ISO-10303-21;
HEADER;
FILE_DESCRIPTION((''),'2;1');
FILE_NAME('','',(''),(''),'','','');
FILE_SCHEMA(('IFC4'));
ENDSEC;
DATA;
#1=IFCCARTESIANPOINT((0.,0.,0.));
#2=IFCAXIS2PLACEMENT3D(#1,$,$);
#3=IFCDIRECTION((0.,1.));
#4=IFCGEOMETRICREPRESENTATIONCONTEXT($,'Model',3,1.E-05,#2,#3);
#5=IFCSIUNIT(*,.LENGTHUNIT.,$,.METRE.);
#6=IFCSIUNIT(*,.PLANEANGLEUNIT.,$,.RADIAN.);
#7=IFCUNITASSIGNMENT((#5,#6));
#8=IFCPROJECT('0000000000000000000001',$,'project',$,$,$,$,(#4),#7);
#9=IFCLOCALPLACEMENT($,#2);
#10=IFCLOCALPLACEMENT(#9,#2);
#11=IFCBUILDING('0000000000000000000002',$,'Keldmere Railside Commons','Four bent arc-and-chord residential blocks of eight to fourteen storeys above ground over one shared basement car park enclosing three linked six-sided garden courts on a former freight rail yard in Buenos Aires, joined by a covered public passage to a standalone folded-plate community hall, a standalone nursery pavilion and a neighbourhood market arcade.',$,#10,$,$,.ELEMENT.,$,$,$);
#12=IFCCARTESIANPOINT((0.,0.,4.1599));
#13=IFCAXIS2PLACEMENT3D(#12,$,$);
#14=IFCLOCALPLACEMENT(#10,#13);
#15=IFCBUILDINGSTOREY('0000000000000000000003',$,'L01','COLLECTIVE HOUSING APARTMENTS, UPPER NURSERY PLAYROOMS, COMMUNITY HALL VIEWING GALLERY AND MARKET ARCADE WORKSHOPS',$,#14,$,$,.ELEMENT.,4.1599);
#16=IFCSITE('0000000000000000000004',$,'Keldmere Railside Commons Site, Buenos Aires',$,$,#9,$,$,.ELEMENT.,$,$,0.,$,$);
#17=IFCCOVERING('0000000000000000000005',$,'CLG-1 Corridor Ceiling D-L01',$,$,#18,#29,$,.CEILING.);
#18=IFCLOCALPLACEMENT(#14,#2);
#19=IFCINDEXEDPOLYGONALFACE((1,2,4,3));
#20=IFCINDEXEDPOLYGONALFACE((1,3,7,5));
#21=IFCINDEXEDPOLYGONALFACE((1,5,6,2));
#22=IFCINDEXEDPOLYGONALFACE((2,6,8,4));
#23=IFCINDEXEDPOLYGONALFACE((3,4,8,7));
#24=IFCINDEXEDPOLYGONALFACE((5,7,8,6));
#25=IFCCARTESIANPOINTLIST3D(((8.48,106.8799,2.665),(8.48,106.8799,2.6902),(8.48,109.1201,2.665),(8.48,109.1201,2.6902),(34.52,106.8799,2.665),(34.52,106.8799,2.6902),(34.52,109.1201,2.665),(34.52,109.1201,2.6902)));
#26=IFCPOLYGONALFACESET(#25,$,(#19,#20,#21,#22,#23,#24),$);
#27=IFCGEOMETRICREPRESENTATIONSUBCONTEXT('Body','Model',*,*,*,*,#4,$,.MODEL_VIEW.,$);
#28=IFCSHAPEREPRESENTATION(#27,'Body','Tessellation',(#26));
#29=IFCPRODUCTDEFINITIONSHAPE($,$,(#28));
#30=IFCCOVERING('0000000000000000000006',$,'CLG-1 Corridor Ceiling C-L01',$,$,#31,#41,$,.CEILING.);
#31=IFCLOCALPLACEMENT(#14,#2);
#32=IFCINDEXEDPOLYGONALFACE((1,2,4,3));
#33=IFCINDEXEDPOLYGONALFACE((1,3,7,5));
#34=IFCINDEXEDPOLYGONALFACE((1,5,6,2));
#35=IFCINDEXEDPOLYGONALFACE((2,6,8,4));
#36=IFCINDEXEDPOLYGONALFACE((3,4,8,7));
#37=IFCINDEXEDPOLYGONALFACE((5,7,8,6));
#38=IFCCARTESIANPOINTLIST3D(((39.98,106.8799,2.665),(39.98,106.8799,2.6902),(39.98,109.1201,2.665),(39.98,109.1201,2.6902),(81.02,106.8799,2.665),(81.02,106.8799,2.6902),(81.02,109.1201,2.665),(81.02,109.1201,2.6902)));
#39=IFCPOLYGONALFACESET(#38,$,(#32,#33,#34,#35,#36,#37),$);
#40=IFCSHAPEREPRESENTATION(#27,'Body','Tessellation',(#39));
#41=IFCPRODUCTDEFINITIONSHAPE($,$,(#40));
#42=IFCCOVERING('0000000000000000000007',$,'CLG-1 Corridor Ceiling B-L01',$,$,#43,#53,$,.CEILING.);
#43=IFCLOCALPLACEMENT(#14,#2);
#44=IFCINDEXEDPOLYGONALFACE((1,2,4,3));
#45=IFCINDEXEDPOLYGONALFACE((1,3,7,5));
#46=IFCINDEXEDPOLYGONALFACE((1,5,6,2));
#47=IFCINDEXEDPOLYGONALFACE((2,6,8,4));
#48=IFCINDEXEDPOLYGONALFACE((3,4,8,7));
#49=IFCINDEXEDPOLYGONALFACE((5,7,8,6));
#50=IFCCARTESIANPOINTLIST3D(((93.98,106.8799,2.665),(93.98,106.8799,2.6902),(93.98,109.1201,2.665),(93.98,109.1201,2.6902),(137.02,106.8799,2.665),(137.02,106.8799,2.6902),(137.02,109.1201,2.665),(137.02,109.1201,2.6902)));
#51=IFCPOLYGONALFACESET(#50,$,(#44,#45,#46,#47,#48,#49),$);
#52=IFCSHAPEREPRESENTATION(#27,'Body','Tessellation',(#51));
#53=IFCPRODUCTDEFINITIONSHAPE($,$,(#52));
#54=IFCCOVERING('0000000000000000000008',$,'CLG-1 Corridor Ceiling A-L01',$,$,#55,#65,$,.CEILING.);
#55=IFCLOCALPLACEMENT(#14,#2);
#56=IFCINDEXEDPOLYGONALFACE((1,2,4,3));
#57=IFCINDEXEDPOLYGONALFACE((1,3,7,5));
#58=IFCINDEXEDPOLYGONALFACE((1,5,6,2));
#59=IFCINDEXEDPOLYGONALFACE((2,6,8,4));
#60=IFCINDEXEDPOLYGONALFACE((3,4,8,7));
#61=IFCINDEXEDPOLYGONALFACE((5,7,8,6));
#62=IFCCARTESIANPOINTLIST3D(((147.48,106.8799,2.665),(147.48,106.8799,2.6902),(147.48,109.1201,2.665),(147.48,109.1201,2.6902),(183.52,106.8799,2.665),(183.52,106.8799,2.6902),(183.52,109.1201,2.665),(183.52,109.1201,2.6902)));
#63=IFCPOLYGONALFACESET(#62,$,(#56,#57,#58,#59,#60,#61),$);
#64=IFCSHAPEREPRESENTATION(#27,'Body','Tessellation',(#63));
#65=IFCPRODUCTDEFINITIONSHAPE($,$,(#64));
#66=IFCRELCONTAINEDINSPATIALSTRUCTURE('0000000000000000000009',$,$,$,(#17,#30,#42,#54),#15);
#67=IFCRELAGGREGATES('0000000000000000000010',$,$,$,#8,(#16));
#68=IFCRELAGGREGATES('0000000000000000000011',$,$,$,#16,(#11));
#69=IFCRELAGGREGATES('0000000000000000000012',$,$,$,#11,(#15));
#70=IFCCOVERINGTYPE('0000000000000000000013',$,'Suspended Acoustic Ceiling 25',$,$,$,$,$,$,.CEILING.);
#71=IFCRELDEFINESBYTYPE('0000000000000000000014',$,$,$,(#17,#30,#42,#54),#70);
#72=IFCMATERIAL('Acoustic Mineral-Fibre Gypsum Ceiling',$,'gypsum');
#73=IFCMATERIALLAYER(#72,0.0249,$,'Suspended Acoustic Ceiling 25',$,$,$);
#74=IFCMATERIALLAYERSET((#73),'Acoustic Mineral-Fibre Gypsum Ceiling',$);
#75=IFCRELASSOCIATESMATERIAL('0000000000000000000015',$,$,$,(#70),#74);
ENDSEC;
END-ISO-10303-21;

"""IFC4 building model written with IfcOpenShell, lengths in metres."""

from ifc_helpers import new_model, si_unit, direction, frame, origin, place, context, subcontext, project, spatial, polyline, outline, extrude, material, layer, layer_set, type_object, element, save


model = new_model("IFC4")

# Units and contexts
model_context = context("Model", 3, precision=1e-05, world=origin(), true_north=direction((0.0, 1.0)))
body_context = subcontext(model_context, "Body", "Model", "MODEL_VIEW")
ifc_project = project(units=[si_unit("LENGTHUNIT", "METRE"), si_unit("PLANEANGLEUNIT", "RADIAN")], contexts=[model_context])

# Site, building, storey
site_placement = place(None, origin())
site = spatial("IfcSite", under=ifc_project, at=site_placement, Name="Keldmere Railside Commons Site, Buenos Aires", CompositionType="ELEMENT", RefElevation=0.0)
building_placement = place(site_placement, origin())
building = spatial("IfcBuilding", under=site, at=building_placement, Name="Keldmere Railside Commons", Description="Four bent arc-and-chord residential blocks of eight to fourteen storeys above ground over one shared basement car park enclosing three linked six-sided garden courts on a former freight rail yard in Buenos Aires, joined by a covered public passage to a standalone folded-plate community hall, a standalone nursery pavilion and a neighbourhood market arcade.", CompositionType="ELEMENT")
storey_placement = place(building_placement, frame((0.0, 0.0, 4.1599)))
storey = spatial("IfcBuildingStorey", under=building, at=storey_placement, Name="L01", Description="COLLECTIVE HOUSING APARTMENTS, UPPER NURSERY PLAYROOMS, COMMUNITY HALL VIEWING GALLERY AND MARKET ARCADE WORKSHOPS", CompositionType="ELEMENT", Elevation=4.1599)

# Coverings
ifc_material_1 = material(Name="Acoustic Mineral-Fibre Gypsum Ceiling", Category="gypsum")
ifc_layer_1 = layer(ifc_material_1, 0.0249, Name="Suspended Acoustic Ceiling 25")
ifc_layer_set_1 = layer_set([ifc_layer_1], Name="Acoustic Mineral-Fibre Gypsum Ceiling")
covering_type_1 = type_object("IfcCoveringType", Name="Suspended Acoustic Ceiling 25", PredefinedType="CEILING", material=ifc_layer_set_1)
covering_1_placement = place(storey_placement, frame((0.0, 0.0, 2.665)))
element("IfcCovering", 1, at=covering_1_placement, inside=storey, type_object=covering_type_1, Name="CLG-1 Corridor Ceiling D-L01", PredefinedType="CEILING", context=body_context, shape_type="SweptSolid", body=[
    extrude(outline(polyline([(8.48, 106.8799), (34.52, 106.8799), (34.52, 109.1201), (8.48, 109.1201), (8.48, 106.8799)])), origin(), (0.0, 0.0, 1.0), 0.0251),
])
covering_2_placement = place(storey_placement, frame((0.0, 0.0, 2.665)))
element("IfcCovering", 2, at=covering_2_placement, inside=storey, type_object=covering_type_1, Name="CLG-1 Corridor Ceiling C-L01", PredefinedType="CEILING", context=body_context, shape_type="SweptSolid", body=[
    extrude(outline(polyline([(39.98, 106.8799), (81.02, 106.8799), (81.02, 109.1201), (39.98, 109.1201), (39.98, 106.8799)])), origin(), (0.0, 0.0, 1.0), 0.0251),
])
covering_3_placement = place(storey_placement, frame((0.0, 0.0, 2.665)))
element("IfcCovering", 3, at=covering_3_placement, inside=storey, type_object=covering_type_1, Name="CLG-1 Corridor Ceiling B-L01", PredefinedType="CEILING", context=body_context, shape_type="SweptSolid", body=[
    extrude(outline(polyline([(93.98, 106.8799), (137.02, 106.8799), (137.02, 109.1201), (93.98, 109.1201), (93.98, 106.8799)])), origin(), (0.0, 0.0, 1.0), 0.0251),
])
covering_4_placement = place(storey_placement, frame((0.0, 0.0, 2.665)))
element("IfcCovering", 4, at=covering_4_placement, inside=storey, type_object=covering_type_1, Name="CLG-1 Corridor Ceiling A-L01", PredefinedType="CEILING", context=body_context, shape_type="SweptSolid", body=[
    extrude(outline(polyline([(147.48, 106.8799), (183.52, 106.8799), (183.52, 109.1201), (147.48, 109.1201), (147.48, 106.8799)])), origin(), (0.0, 0.0, 1.0), 0.0251),
])

save(model, "model.ifc")
